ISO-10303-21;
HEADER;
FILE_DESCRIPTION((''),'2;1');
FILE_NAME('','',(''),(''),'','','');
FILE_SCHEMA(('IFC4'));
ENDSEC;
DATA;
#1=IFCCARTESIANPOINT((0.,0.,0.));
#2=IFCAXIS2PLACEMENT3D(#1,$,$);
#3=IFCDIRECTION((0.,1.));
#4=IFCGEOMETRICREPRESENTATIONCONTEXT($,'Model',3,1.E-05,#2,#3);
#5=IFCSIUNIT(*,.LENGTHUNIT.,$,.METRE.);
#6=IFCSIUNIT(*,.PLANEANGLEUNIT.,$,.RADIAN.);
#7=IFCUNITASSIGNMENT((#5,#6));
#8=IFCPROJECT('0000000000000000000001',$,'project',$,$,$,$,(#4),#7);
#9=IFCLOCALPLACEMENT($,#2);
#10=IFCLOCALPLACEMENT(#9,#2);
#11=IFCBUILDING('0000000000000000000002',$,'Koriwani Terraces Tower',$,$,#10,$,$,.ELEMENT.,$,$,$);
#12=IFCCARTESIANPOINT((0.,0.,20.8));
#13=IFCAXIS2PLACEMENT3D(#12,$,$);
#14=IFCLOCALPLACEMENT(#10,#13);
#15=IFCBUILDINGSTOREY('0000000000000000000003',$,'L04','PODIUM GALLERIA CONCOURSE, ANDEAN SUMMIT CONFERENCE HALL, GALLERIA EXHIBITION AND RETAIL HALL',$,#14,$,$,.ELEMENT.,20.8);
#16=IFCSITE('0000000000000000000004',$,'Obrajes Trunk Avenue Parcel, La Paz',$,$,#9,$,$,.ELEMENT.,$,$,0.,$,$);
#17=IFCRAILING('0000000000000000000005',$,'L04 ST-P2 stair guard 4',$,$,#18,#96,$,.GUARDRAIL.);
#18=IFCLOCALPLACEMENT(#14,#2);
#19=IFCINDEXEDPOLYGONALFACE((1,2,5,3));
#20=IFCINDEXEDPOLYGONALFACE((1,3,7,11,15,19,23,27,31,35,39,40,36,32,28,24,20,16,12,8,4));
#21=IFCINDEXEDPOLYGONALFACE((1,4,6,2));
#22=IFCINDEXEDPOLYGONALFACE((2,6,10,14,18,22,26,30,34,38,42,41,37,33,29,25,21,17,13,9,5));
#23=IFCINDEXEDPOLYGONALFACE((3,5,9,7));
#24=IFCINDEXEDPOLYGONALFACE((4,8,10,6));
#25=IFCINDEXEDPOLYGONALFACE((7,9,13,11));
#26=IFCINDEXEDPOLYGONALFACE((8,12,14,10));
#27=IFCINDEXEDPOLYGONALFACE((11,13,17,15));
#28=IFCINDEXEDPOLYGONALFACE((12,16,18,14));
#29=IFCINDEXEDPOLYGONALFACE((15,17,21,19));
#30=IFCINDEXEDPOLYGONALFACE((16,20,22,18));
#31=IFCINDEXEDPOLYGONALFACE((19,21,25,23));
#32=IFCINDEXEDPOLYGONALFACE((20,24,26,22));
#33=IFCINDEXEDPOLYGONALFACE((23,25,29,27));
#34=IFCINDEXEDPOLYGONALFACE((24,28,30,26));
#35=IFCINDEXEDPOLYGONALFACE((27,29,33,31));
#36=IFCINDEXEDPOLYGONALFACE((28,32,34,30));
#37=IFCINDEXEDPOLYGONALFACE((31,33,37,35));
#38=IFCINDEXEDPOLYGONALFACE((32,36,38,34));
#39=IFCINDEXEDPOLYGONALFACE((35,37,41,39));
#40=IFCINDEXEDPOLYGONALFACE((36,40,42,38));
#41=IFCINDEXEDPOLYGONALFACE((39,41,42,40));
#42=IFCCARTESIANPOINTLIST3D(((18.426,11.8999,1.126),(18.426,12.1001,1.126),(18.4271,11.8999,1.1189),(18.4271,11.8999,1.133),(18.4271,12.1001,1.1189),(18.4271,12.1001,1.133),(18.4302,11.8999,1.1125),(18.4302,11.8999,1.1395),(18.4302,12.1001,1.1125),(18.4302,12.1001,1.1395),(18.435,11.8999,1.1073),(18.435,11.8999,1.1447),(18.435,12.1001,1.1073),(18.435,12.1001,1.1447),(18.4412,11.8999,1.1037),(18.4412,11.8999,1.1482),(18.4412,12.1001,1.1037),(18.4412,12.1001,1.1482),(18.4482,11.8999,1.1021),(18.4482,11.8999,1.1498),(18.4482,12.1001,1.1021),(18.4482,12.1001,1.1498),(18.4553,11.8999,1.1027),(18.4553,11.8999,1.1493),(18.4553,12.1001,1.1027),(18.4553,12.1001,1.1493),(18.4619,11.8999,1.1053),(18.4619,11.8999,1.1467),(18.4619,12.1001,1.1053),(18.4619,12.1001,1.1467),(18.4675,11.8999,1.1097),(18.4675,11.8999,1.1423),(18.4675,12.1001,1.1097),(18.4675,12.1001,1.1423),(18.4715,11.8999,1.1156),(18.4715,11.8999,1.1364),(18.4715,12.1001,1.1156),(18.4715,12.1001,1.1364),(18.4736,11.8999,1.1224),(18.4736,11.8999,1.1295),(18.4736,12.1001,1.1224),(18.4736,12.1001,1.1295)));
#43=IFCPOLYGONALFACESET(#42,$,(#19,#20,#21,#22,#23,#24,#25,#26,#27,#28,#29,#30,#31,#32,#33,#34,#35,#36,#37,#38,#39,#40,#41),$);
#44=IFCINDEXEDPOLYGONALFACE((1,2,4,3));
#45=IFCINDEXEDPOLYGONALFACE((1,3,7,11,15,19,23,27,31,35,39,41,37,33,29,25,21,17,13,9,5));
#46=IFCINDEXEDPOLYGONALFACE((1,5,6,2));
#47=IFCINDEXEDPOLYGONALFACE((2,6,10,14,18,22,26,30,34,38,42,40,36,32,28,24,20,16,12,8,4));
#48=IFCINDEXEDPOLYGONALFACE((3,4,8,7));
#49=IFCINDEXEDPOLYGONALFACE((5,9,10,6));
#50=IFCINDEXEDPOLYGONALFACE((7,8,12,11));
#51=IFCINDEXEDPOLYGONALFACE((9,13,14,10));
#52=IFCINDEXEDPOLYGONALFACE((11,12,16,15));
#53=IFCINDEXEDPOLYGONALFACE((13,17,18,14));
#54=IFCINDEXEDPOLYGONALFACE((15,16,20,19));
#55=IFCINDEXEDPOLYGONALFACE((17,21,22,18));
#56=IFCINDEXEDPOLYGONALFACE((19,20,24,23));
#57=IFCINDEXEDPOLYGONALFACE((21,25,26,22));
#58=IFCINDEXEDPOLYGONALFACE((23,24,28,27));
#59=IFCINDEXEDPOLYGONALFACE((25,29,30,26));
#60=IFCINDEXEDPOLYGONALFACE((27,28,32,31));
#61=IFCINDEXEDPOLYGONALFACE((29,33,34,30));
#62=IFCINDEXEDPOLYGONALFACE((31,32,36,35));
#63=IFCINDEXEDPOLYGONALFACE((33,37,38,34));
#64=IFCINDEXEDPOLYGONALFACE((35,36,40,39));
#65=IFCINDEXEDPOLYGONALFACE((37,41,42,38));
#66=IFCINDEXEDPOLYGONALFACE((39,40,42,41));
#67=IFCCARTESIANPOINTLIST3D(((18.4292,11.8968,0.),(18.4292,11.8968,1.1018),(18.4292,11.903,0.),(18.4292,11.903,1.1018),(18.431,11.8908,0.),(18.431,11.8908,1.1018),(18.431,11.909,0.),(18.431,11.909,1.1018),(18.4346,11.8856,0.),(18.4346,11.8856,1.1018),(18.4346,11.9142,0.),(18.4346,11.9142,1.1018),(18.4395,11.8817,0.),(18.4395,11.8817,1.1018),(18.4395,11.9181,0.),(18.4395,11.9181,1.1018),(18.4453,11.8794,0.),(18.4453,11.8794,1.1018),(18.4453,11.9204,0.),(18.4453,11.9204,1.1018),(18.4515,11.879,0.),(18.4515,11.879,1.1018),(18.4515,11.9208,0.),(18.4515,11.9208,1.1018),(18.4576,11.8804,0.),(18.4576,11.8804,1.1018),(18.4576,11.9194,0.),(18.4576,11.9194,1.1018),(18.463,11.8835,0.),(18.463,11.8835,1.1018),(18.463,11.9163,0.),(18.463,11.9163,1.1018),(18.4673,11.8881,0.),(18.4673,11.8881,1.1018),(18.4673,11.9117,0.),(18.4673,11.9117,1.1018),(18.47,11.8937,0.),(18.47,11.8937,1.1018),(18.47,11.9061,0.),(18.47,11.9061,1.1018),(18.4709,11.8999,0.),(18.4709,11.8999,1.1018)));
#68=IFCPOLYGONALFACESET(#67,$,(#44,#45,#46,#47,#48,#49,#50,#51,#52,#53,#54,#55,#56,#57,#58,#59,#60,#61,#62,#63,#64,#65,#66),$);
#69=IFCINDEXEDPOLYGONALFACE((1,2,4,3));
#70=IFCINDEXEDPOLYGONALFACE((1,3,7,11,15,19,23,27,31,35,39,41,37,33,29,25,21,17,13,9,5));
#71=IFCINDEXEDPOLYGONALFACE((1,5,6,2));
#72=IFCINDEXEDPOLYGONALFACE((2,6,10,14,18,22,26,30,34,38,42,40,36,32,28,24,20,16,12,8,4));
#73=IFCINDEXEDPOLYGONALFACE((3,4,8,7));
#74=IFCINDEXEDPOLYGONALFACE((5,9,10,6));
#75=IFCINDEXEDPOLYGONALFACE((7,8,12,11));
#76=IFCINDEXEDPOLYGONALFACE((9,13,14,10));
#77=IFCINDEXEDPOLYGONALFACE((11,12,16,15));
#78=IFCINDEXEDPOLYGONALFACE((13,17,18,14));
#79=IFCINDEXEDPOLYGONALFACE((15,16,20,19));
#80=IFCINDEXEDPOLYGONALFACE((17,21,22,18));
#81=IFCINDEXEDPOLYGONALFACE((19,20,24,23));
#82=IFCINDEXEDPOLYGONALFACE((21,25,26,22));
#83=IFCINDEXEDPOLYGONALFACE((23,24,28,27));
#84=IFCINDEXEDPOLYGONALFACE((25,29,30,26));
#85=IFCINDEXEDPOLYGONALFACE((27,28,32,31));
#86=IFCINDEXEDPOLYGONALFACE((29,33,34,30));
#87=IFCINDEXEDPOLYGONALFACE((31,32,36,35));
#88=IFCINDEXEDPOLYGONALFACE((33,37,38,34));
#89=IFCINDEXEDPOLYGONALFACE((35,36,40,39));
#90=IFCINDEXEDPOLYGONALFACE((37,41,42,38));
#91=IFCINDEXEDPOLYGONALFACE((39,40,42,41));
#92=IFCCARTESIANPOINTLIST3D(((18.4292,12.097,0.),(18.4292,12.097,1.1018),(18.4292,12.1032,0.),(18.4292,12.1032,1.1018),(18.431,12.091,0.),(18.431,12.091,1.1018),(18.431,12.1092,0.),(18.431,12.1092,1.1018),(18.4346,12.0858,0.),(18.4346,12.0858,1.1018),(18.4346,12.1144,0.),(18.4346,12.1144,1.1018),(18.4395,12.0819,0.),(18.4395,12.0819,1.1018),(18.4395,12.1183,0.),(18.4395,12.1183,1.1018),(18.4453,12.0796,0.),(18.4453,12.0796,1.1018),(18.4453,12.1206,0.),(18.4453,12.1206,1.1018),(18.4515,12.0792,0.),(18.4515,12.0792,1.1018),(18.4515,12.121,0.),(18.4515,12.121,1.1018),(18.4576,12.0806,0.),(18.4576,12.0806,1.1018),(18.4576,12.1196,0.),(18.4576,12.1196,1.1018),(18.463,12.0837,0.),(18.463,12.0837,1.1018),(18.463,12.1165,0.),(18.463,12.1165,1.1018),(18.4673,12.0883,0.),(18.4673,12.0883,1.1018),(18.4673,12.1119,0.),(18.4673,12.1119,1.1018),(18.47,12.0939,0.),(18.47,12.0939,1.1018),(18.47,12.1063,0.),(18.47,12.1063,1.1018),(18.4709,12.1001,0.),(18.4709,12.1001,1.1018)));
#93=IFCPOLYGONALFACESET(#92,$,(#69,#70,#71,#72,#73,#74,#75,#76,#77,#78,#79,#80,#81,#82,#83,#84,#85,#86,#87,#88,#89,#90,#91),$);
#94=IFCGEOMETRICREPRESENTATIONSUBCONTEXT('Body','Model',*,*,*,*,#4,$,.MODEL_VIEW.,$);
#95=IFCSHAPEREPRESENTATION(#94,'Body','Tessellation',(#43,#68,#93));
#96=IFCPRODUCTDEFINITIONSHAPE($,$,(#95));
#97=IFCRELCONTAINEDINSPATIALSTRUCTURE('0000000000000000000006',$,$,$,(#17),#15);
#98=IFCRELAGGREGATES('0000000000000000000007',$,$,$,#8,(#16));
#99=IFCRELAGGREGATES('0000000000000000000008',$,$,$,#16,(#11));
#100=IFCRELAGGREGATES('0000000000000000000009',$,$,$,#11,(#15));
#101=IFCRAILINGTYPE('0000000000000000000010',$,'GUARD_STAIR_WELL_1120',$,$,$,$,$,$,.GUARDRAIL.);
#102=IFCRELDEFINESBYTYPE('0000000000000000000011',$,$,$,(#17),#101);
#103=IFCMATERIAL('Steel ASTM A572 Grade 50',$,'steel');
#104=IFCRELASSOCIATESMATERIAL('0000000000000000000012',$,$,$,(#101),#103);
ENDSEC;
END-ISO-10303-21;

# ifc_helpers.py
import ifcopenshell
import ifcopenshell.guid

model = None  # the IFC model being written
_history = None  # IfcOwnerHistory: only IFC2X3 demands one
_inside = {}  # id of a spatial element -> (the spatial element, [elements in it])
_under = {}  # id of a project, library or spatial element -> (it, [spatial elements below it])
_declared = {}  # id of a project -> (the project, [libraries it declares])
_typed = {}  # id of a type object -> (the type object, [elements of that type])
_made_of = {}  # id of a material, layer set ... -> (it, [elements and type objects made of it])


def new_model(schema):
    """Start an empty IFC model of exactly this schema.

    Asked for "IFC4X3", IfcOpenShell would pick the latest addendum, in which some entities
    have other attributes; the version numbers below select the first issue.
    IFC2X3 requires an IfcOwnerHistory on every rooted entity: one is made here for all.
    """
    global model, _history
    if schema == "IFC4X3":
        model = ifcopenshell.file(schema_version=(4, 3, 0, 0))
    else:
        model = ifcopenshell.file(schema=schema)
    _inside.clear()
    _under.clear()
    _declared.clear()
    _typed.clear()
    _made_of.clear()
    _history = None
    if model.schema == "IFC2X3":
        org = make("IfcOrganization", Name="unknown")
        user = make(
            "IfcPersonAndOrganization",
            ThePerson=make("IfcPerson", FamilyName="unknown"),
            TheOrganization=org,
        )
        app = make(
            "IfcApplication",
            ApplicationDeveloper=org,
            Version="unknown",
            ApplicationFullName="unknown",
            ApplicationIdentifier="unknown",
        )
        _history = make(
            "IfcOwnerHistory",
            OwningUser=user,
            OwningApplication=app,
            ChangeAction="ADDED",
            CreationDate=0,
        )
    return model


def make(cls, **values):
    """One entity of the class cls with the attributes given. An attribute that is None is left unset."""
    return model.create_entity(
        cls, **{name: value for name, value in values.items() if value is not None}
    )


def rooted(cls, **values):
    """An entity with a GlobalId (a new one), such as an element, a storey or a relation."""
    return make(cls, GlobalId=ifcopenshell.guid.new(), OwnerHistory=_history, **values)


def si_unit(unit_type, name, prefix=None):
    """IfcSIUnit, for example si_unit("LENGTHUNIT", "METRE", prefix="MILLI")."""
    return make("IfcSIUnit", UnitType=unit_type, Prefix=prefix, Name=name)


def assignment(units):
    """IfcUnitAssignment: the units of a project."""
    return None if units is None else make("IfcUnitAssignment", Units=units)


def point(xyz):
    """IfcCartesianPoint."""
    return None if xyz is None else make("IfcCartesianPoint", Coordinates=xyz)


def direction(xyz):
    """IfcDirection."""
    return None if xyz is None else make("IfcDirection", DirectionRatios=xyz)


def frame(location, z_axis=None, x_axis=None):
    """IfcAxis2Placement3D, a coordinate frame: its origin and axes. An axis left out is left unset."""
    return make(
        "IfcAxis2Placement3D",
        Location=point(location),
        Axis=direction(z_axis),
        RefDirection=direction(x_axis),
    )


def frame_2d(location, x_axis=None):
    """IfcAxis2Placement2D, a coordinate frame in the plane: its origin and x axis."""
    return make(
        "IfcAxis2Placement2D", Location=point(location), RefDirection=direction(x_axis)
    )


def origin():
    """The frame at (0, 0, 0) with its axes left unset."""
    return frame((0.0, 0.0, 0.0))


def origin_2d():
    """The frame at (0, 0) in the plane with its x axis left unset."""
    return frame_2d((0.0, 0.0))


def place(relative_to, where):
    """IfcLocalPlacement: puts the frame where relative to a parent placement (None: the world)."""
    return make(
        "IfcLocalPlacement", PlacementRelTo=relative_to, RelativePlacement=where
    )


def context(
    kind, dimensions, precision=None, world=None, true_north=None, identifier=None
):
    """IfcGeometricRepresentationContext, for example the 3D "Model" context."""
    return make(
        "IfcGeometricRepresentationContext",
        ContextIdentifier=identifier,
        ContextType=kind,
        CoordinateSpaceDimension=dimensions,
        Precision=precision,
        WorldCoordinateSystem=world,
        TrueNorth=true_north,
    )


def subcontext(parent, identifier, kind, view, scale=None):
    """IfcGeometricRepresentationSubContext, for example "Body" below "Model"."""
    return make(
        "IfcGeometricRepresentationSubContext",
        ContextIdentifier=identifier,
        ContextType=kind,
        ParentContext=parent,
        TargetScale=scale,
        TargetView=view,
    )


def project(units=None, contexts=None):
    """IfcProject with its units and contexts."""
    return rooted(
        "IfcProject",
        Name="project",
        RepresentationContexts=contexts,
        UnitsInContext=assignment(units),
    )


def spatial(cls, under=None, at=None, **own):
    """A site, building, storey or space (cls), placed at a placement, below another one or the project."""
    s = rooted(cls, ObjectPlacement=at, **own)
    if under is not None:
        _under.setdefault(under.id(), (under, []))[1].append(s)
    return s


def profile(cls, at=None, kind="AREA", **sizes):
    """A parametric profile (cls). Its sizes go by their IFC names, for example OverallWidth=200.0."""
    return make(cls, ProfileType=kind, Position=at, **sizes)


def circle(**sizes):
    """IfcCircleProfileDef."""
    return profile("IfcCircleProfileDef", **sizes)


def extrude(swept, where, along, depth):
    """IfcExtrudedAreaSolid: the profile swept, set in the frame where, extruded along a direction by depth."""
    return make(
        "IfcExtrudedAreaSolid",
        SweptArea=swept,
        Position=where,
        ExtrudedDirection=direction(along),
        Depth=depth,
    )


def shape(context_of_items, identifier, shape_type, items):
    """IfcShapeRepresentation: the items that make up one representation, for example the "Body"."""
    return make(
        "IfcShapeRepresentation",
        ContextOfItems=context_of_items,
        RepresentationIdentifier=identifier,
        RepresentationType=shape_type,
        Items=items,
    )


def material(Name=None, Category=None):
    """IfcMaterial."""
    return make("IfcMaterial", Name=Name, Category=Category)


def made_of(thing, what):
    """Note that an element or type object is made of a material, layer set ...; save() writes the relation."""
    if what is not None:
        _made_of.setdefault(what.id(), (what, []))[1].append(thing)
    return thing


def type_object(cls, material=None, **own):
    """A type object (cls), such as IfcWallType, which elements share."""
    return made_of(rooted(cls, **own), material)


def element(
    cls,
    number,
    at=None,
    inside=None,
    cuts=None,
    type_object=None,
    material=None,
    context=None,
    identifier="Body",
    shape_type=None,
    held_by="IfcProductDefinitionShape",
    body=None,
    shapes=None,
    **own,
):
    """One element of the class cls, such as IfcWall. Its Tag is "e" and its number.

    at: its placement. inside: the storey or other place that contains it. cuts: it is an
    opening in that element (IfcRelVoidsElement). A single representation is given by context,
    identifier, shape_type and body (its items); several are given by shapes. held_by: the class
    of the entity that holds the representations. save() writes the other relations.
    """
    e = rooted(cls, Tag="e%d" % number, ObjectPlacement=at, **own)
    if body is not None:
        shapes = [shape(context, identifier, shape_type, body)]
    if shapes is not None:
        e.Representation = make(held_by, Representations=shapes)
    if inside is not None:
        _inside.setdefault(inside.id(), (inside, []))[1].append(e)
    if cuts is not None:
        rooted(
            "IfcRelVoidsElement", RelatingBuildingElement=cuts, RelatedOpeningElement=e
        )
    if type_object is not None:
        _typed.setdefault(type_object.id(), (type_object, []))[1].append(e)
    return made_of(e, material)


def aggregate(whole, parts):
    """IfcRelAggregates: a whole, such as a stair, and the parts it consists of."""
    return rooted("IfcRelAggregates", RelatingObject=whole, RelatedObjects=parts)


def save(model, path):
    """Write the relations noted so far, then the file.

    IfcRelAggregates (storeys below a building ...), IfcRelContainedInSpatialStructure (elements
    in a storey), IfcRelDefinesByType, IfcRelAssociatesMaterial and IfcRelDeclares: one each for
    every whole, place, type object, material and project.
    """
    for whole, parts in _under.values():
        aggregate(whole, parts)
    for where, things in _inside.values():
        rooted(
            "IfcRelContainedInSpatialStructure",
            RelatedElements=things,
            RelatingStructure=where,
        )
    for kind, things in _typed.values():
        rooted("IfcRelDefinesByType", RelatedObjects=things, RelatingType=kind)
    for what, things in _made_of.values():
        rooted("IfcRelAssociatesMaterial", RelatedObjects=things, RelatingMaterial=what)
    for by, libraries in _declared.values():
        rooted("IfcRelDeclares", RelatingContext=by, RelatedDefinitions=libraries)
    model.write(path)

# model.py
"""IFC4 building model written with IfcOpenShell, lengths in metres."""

from ifc_helpers import new_model, si_unit, direction, frame, origin, origin_2d, place, context, subcontext, project, spatial, circle, extrude, material, type_object, element, save


model = new_model("IFC4")

# Units and contexts
model_context = context("Model", 3, precision=1e-05, world=origin(), true_north=direction((0.0, 1.0)))
body_context = subcontext(model_context, "Body", "Model", "MODEL_VIEW")
ifc_project = project(units=[si_unit("LENGTHUNIT", "METRE"), si_unit("PLANEANGLEUNIT", "RADIAN")], contexts=[model_context])

# Site, building, storey
site_placement = place(None, origin())
site = spatial("IfcSite", under=ifc_project, at=site_placement, Name="Obrajes Trunk Avenue Parcel, La Paz", CompositionType="ELEMENT", RefElevation=0.0)
building_placement = place(site_placement, origin())
building = spatial("IfcBuilding", under=site, at=building_placement, Name="Koriwani Terraces Tower", CompositionType="ELEMENT")
storey_placement = place(building_placement, frame((0.0, 0.0, 20.8)))
storey = spatial("IfcBuildingStorey", under=building, at=storey_placement, Name="L04", Description="PODIUM GALLERIA CONCOURSE, ANDEAN SUMMIT CONFERENCE HALL, GALLERIA EXHIBITION AND RETAIL HALL", CompositionType="ELEMENT", Elevation=20.8)

# Shared definitions
ifc_material_1 = material(Name="Steel ASTM A572 Grade 50", Category="steel")

# Railing
railing_type_1 = type_object("IfcRailingType", Name="GUARD_STAIR_WELL_1120", PredefinedType="GUARDRAIL", material=ifc_material_1)
railing_1_placement = place(storey_placement, frame((18.45, 11.8999, 0.0)))
element("IfcRailing", 1, at=railing_1_placement, inside=storey, type_object=railing_type_1, Name="L04 ST-P2 stair guard 4", PredefinedType="GUARDRAIL", context=body_context, shape_type="SweptSolid", body=[
    extrude(circle(Radius=0.0239, at=origin_2d()), frame((0.0, 0.0, 1.126), z_axis=(0.0, 1.0, 0.0), x_axis=(-1.0, 0.0, 0.0)), (0.0, 0.0, 1.0), 0.2002),
    extrude(circle(Radius=0.021, at=origin_2d()), origin(), (0.0, 0.0, 1.0), 1.1018),
    extrude(circle(Radius=0.021, at=origin_2d()), frame((0.0, 0.2002, 0.0)), (0.0, 0.0, 1.0), 1.1018),
])

save(model, "model.ifc")
